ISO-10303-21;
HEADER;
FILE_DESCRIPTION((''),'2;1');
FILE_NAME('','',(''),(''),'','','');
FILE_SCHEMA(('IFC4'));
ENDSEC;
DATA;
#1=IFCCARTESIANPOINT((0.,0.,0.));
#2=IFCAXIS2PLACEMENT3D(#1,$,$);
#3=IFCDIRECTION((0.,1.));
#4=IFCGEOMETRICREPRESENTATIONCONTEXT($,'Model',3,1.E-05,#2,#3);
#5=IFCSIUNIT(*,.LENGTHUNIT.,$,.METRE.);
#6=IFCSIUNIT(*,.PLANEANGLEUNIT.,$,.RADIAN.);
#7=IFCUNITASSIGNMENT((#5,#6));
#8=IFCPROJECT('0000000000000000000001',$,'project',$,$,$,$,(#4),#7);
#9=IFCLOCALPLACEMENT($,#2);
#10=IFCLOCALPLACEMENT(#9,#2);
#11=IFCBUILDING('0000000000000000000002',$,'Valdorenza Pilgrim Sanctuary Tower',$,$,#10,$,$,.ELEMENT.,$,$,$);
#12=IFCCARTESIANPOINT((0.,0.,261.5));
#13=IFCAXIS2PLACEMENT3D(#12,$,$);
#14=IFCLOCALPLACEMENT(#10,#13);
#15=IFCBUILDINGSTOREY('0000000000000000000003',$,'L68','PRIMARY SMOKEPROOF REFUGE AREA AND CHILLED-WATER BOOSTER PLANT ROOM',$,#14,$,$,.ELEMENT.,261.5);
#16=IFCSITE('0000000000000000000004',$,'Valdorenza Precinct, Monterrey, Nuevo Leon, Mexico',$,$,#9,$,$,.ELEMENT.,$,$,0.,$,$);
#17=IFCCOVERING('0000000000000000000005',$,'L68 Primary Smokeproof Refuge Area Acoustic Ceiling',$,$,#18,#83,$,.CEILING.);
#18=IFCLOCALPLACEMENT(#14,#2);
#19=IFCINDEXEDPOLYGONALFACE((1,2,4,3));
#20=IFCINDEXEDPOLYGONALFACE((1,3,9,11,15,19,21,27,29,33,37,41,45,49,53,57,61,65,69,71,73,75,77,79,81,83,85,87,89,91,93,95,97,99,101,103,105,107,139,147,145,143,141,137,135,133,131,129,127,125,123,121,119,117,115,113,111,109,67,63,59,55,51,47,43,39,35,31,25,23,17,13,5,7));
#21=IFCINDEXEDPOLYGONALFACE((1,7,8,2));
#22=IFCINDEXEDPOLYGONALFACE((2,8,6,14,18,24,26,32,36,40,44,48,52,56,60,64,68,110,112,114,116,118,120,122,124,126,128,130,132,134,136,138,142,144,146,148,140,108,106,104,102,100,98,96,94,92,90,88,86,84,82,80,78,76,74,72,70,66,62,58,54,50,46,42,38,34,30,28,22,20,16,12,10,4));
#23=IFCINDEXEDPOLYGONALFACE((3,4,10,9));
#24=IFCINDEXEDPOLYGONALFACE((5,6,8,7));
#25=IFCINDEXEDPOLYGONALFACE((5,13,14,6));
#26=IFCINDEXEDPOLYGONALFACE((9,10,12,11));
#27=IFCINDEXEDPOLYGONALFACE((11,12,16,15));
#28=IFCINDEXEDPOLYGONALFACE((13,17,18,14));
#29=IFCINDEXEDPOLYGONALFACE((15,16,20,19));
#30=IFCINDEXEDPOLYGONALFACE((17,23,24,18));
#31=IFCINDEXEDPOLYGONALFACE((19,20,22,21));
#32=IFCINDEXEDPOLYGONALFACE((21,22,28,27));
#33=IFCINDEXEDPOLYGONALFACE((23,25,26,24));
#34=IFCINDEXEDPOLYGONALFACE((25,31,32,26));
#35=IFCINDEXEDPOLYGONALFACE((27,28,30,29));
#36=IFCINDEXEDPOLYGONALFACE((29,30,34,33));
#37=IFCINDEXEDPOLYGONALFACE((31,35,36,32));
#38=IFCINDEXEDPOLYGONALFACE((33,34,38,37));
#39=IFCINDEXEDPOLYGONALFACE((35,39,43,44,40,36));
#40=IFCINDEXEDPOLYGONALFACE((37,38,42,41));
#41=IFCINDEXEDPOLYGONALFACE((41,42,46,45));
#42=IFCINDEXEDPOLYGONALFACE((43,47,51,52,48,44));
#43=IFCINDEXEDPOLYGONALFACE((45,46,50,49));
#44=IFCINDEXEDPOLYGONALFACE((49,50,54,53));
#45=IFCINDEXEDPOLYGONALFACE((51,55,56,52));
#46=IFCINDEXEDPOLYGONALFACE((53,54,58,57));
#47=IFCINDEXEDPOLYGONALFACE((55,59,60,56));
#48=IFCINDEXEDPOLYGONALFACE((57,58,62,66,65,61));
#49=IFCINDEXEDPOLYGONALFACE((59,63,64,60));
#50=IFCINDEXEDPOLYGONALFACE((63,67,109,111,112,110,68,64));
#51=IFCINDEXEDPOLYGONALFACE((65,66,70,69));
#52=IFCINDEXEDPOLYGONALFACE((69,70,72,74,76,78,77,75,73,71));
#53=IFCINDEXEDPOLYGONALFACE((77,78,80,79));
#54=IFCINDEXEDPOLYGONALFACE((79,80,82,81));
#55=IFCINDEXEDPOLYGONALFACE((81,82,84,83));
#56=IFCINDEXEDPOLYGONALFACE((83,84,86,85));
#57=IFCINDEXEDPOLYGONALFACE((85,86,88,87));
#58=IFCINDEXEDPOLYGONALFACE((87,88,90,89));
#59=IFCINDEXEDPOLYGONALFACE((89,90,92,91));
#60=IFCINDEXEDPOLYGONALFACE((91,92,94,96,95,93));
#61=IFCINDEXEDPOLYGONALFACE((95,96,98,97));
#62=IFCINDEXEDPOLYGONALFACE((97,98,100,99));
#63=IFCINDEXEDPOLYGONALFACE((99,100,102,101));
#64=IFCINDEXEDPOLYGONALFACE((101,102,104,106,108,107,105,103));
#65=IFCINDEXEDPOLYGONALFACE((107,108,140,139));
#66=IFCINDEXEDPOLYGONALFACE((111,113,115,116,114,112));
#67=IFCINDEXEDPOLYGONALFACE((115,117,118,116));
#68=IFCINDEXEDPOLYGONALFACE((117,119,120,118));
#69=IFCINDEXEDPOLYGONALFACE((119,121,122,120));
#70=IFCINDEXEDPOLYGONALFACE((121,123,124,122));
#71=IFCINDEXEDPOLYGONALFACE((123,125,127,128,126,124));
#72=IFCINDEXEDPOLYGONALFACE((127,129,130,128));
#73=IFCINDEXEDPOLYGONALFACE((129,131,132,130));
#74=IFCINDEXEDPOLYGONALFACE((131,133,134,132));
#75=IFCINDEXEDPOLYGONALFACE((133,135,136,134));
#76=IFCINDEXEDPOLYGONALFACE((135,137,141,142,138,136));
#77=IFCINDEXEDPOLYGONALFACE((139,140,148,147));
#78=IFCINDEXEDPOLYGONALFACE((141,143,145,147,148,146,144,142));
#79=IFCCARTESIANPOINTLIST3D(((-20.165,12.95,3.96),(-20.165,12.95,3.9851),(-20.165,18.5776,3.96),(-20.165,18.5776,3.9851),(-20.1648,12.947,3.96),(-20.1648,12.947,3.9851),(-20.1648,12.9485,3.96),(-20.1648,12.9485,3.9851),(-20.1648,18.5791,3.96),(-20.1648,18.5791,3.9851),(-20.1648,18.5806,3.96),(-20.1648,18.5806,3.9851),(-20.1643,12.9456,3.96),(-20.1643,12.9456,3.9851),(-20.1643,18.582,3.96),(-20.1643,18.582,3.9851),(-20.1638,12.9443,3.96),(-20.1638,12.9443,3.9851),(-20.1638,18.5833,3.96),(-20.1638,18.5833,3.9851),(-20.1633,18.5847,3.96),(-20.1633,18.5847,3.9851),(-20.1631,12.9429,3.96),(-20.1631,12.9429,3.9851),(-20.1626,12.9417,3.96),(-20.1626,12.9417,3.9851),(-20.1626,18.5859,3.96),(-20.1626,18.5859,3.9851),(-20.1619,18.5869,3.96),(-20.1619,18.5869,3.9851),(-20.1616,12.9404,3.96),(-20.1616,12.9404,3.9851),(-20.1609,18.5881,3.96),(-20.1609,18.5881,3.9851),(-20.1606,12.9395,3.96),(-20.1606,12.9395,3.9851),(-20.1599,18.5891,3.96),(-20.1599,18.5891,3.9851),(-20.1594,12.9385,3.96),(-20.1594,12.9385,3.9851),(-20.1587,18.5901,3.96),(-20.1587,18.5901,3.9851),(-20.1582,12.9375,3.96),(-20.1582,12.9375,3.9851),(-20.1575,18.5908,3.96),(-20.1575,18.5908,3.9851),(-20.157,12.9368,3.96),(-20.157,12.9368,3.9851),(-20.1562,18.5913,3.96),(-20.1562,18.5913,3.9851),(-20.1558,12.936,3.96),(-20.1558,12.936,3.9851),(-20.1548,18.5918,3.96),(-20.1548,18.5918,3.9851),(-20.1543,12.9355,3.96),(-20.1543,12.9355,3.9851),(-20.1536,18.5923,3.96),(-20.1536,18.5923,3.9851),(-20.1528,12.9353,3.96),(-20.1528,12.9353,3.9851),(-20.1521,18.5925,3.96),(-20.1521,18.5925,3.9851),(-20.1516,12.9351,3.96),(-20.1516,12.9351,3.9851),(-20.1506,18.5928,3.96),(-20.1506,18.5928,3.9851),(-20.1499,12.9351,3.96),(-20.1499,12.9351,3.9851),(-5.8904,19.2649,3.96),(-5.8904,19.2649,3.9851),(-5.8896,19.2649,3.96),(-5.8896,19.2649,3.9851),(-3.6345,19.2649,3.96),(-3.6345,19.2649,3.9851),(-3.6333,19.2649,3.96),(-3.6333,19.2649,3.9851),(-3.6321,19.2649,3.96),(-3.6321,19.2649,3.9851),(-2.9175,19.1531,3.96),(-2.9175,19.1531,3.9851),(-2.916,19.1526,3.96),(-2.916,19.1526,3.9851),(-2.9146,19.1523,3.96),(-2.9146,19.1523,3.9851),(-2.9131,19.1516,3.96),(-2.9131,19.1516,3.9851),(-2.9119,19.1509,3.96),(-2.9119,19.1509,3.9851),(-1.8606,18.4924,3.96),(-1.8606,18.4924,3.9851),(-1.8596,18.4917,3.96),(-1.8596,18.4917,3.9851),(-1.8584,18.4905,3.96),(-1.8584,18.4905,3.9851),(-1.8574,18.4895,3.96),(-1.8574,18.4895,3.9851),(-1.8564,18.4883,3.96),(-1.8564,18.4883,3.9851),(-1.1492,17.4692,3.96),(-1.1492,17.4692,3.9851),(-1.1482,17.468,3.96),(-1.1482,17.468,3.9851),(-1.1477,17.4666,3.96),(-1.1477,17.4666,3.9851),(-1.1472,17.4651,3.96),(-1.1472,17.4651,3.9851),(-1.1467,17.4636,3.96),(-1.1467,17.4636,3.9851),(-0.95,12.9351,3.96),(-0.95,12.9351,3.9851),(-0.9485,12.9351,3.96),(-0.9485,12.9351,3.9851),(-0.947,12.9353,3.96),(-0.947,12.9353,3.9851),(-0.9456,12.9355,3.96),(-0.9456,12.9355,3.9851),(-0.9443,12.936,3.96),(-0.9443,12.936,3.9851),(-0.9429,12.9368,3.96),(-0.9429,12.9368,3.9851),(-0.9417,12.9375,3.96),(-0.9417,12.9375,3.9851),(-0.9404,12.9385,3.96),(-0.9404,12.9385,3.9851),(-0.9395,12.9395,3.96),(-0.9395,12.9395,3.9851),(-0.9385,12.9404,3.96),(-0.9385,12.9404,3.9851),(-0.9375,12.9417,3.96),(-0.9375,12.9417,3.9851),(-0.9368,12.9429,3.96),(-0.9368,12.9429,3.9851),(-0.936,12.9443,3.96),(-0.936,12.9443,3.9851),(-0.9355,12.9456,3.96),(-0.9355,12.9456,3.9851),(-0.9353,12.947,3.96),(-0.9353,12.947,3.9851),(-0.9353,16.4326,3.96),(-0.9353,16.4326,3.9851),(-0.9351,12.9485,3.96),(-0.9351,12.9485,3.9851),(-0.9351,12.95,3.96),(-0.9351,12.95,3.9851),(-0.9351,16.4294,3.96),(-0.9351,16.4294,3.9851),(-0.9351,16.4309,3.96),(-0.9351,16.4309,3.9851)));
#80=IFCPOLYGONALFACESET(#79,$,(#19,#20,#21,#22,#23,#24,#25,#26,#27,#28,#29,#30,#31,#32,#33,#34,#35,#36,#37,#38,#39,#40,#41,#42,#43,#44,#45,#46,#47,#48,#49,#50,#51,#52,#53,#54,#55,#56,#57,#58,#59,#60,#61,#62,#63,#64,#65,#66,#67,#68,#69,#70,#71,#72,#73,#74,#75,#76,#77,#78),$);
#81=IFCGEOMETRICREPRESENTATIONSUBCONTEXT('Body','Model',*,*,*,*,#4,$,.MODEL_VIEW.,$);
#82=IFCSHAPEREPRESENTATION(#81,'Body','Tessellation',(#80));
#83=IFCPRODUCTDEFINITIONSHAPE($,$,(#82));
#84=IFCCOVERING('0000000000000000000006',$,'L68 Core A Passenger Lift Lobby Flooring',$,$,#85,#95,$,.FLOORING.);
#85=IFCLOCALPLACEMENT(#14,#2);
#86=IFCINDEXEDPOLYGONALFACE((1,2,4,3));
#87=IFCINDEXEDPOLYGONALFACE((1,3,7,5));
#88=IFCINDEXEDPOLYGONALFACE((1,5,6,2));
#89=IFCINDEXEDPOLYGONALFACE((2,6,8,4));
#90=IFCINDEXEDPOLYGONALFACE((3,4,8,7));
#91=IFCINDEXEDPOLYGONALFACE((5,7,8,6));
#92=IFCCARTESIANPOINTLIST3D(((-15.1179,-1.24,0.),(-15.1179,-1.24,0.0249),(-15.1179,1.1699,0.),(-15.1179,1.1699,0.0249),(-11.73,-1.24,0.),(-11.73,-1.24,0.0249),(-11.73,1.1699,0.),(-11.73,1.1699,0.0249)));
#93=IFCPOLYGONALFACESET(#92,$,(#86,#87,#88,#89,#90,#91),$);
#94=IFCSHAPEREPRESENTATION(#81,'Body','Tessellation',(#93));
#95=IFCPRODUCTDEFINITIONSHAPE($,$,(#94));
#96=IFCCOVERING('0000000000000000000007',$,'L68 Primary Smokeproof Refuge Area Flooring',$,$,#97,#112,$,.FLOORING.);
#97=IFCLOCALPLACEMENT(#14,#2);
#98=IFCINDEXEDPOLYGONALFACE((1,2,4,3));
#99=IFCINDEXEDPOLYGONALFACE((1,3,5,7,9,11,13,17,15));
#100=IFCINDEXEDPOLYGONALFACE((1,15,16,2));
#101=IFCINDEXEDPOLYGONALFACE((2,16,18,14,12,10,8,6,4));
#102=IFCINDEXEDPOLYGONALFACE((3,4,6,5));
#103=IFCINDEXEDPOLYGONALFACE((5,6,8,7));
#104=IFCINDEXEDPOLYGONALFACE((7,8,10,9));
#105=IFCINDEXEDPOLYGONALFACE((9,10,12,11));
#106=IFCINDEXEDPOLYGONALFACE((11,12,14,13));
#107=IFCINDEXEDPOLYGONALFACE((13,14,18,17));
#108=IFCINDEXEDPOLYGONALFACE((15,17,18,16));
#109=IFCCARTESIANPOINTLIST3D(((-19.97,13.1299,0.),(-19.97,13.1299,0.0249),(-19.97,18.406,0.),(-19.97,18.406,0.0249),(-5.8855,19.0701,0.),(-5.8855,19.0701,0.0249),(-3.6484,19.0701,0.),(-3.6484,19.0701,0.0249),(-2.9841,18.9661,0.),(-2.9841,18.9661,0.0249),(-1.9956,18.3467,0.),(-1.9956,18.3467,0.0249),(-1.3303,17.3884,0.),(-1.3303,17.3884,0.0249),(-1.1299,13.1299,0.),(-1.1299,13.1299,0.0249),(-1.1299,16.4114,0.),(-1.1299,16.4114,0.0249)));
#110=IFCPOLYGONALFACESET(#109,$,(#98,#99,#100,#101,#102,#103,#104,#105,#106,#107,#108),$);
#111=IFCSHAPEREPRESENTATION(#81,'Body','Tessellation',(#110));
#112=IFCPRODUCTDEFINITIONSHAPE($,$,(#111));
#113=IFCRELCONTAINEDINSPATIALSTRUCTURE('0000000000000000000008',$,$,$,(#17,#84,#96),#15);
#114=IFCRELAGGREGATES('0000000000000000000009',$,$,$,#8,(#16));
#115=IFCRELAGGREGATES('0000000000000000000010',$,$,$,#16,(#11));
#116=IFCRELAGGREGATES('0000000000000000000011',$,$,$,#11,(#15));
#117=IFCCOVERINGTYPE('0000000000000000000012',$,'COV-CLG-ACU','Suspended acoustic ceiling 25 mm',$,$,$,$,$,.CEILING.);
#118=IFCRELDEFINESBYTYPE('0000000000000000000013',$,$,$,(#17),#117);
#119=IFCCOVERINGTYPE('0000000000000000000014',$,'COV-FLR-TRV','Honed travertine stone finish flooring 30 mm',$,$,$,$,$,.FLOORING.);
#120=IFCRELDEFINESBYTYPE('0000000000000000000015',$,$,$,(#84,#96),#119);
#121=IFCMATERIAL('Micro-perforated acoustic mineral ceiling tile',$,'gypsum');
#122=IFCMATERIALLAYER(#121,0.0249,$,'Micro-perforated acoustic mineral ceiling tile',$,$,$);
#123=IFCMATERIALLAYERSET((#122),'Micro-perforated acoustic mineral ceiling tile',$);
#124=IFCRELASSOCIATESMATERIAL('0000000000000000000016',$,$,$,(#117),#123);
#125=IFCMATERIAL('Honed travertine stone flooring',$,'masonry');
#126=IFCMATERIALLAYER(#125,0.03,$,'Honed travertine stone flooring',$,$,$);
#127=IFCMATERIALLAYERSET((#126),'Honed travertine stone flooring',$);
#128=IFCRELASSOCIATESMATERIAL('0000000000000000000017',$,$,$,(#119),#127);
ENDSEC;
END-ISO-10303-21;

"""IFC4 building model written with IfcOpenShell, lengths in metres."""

from ifc_helpers import new_model, si_unit, direction, frame, origin, place, context, subcontext, project, spatial, polyline, outline, extrude, material, layer, layer_set, type_object, element, save


model = new_model("IFC4")

# Units and contexts
model_context = context("Model", 3, precision=1e-05, world=origin(), true_north=direction((0.0, 1.0)))
body_context = subcontext(model_context, "Body", "Model", "MODEL_VIEW")
ifc_project = project(units=[si_unit("LENGTHUNIT", "METRE"), si_unit("PLANEANGLEUNIT", "RADIAN")], contexts=[model_context])

# Site, building, storey
site_placement = place(None, origin())
site = spatial("IfcSite", under=ifc_project, at=site_placement, Name="Valdorenza Precinct, Monterrey, Nuevo Leon, Mexico", CompositionType="ELEMENT", RefElevation=0.0)
building_placement = place(site_placement, origin())
building = spatial("IfcBuilding", under=site, at=building_placement, Name="Valdorenza Pilgrim Sanctuary Tower", CompositionType="ELEMENT")
storey_placement = place(building_placement, frame((0.0, 0.0, 261.5)))
storey = spatial("IfcBuildingStorey", under=building, at=storey_placement, Name="L68", Description="PRIMARY SMOKEPROOF REFUGE AREA AND CHILLED-WATER BOOSTER PLANT ROOM", CompositionType="ELEMENT", Elevation=261.5)

# Coverings
ifc_material_1 = material(Name="Micro-perforated acoustic mineral ceiling tile", Category="gypsum")
ifc_layer_1 = layer(ifc_material_1, 0.0249, Name="Micro-perforated acoustic mineral ceiling tile")
ifc_layer_set_1 = layer_set([ifc_layer_1], Name="Micro-perforated acoustic mineral ceiling tile")
covering_type_1 = type_object("IfcCoveringType", Name="COV-CLG-ACU", Description="Suspended acoustic ceiling 25 mm", PredefinedType="CEILING", material=ifc_layer_set_1)
covering_1_placement = place(storey_placement, frame((0.0, 0.0, 3.96)))
element("IfcCovering", 1, at=covering_1_placement, inside=storey, type_object=covering_type_1, Name="L68 Primary Smokeproof Refuge Area Acoustic Ceiling", PredefinedType="CEILING", context=body_context, shape_type="SweptSolid", body=[
    extrude(outline(polyline([(-20.1499, 12.9351), (-20.1516, 12.9351), (-20.1528, 12.9353), (-20.1543, 12.9355), (-20.1558, 12.936), (-20.157, 12.9368), (-20.1582, 12.9375), (-20.1594, 12.9385), (-20.1606, 12.9395), (-20.1616, 12.9404), (-20.1626, 12.9417), (-20.1631, 12.9429), (-20.1638, 12.9443), (-20.1643, 12.9456), (-20.1648, 12.947), (-20.1648, 12.9485), (-20.165, 12.95), (-20.165, 18.5776), (-20.1648, 18.5791), (-20.1648, 18.5806), (-20.1643, 18.582), (-20.1638, 18.5833), (-20.1633, 18.5847), (-20.1626, 18.5859), (-20.1619, 18.5869), (-20.1609, 18.5881), (-20.1599, 18.5891), (-20.1587, 18.5901), (-20.1575, 18.5908), (-20.1562, 18.5913), (-20.1548, 18.5918), (-20.1536, 18.5923), (-20.1521, 18.5925), (-20.1506, 18.5928), (-5.8904, 19.2649), (-5.8896, 19.2649), (-3.6345, 19.2649), (-3.6333, 19.2649), (-3.6321, 19.2649), (-2.9175, 19.1531), (-2.916, 19.1526), (-2.9146, 19.1523), (-2.9131, 19.1516), (-2.9119, 19.1509), (-1.8606, 18.4924), (-1.8596, 18.4917), (-1.8584, 18.4905), (-1.8574, 18.4895), (-1.8564, 18.4883), (-1.1492, 17.4692), (-1.1482, 17.468), (-1.1477, 17.4666), (-1.1472, 17.4651), (-1.1467, 17.4636), (-0.9353, 16.4326), (-0.9351, 16.4309), (-0.9351, 16.4294), (-0.9351, 12.95), (-0.9351, 12.9485), (-0.9353, 12.947), (-0.9355, 12.9456), (-0.936, 12.9443), (-0.9368, 12.9429), (-0.9375, 12.9417), (-0.9385, 12.9404), (-0.9395, 12.9395), (-0.9404, 12.9385), (-0.9417, 12.9375), (-0.9429, 12.9368), (-0.9443, 12.936), (-0.9456, 12.9355), (-0.947, 12.9353), (-0.9485, 12.9351), (-0.95, 12.9351), (-20.1499, 12.9351)])), origin(), (0.0, 0.0, 1.0), 0.0251),
])
ifc_material_2 = material(Name="Honed travertine stone flooring", Category="masonry")
ifc_layer_2 = layer(ifc_material_2, 0.03, Name="Honed travertine stone flooring")
ifc_layer_set_2 = layer_set([ifc_layer_2], Name="Honed travertine stone flooring")
covering_type_2 = type_object("IfcCoveringType", Name="COV-FLR-TRV", Description="Honed travertine stone finish flooring 30 mm", PredefinedType="FLOORING", material=ifc_layer_set_2)
covering_2_placement = place(storey_placement, origin())
element("IfcCovering", 2, at=covering_2_placement, inside=storey, type_object=covering_type_2, Name="L68 Core A Passenger Lift Lobby Flooring", PredefinedType="FLOORING", context=body_context, shape_type="SweptSolid", body=[
    extrude(outline(polyline([(-15.1179, 1.1699), (-11.73, 1.1699), (-11.73, -1.24), (-15.1179, -1.24), (-15.1179, 1.1699)])), origin(), (0.0, 0.0, 1.0), 0.0249),
])
covering_3_placement = place(storey_placement, origin())
element("IfcCovering", 3, at=covering_3_placement, inside=storey, type_object=covering_type_2, Name="L68 Primary Smokeproof Refuge Area Flooring", PredefinedType="FLOORING", context=body_context, shape_type="SweptSolid", body=[
    extrude(outline(polyline([(-19.97, 13.1299), (-19.97, 18.406), (-5.8855, 19.0701), (-3.6484, 19.0701), (-2.9841, 18.9661), (-1.9956, 18.3467), (-1.3303, 17.3884), (-1.1299, 16.4114), (-1.1299, 13.1299), (-19.97, 13.1299)])), origin(), (0.0, 0.0, 1.0), 0.0249),
])

save(model, "model.ifc")
